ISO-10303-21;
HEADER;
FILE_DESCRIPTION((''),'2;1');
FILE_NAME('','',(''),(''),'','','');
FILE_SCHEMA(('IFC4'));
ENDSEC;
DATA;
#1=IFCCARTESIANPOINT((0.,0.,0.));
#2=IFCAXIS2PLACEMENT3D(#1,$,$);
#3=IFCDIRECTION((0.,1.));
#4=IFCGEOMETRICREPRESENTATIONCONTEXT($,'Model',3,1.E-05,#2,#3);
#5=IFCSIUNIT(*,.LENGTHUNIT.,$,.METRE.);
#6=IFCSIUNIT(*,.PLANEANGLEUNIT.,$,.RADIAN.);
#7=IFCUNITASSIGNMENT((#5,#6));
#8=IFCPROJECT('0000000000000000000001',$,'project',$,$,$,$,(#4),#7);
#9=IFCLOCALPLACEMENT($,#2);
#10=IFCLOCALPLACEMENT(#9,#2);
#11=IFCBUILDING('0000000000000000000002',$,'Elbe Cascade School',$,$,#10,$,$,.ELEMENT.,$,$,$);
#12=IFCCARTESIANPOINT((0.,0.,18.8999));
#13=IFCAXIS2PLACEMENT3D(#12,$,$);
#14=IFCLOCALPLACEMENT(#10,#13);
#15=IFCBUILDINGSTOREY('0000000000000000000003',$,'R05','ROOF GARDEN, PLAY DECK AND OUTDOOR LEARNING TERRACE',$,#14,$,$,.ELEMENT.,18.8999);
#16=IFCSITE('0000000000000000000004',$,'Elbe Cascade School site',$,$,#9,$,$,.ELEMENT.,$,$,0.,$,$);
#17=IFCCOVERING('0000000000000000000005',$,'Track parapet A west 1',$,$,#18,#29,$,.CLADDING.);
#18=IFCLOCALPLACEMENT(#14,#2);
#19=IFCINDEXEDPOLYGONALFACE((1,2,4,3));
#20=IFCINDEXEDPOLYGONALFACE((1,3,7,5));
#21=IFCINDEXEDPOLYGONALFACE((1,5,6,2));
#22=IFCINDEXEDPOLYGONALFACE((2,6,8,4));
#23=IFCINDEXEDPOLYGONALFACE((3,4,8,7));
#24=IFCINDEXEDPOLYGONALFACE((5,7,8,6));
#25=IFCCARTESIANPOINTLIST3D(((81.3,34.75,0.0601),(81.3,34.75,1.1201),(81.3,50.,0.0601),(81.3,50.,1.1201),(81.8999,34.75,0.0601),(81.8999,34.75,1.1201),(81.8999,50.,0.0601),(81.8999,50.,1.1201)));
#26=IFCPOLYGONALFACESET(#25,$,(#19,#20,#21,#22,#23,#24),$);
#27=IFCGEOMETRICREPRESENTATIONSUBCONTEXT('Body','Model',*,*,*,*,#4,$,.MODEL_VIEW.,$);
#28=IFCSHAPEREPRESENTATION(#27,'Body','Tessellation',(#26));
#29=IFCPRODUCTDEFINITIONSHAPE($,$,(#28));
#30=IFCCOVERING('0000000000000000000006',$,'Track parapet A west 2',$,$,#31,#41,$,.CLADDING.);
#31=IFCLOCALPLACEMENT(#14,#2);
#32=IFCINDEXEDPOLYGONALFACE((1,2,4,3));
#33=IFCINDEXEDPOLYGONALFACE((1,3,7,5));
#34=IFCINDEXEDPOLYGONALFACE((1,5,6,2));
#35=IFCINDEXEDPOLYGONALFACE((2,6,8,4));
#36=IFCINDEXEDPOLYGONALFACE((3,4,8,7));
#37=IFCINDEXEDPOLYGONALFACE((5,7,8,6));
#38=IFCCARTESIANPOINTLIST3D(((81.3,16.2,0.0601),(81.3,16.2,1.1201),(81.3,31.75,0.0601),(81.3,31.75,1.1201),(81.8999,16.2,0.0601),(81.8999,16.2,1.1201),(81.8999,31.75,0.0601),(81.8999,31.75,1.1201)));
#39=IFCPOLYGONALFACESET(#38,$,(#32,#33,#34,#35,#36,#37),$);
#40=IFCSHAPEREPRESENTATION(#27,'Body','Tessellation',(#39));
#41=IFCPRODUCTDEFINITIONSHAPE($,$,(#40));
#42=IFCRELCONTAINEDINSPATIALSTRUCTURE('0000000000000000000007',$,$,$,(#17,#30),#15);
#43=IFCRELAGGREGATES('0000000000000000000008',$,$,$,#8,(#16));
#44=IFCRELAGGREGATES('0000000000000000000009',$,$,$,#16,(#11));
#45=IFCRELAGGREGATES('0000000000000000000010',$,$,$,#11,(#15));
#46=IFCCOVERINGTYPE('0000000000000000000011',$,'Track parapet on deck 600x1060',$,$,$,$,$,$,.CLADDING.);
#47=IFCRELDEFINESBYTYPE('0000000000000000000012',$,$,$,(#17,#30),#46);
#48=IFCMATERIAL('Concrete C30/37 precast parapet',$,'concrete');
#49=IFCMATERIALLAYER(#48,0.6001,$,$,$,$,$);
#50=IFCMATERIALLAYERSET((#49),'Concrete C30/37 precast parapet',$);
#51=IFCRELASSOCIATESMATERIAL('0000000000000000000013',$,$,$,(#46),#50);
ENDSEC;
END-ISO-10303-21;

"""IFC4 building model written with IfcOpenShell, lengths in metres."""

from ifc_helpers import new_model, si_unit, direction, frame, origin, place, context, subcontext, project, spatial, polyline, outline, extrude, material, layer, layer_set, type_object, element, save


model = new_model("IFC4")

# Units and contexts
model_context = context("Model", 3, precision=1e-05, world=origin(), true_north=direction((0.0, 1.0)))
body_context = subcontext(model_context, "Body", "Model", "MODEL_VIEW")
ifc_project = project(units=[si_unit("LENGTHUNIT", "METRE"), si_unit("PLANEANGLEUNIT", "RADIAN")], contexts=[model_context])

# Site, building, storey
site_placement = place(None, origin())
site = spatial("IfcSite", under=ifc_project, at=site_placement, Name="Elbe Cascade School site", CompositionType="ELEMENT", RefElevation=0.0)
building_placement = place(site_placement, origin())
building = spatial("IfcBuilding", under=site, at=building_placement, Name="Elbe Cascade School", CompositionType="ELEMENT")
storey_placement = place(building_placement, frame((0.0, 0.0, 18.8999)))
storey = spatial("IfcBuildingStorey", under=building, at=storey_placement, Name="R05", Description="ROOF GARDEN, PLAY DECK AND OUTDOOR LEARNING TERRACE", CompositionType="ELEMENT", Elevation=18.8999)

# Coverings
ifc_material_1 = material(Name="Concrete C30/37 precast parapet", Category="concrete")
ifc_layer_1 = layer(ifc_material_1, 0.6001)
ifc_layer_set_1 = layer_set([ifc_layer_1], Name="Concrete C30/37 precast parapet")
covering_type_1 = type_object("IfcCoveringType", Name="Track parapet on deck 600x1060", PredefinedType="CLADDING", material=ifc_layer_set_1)
covering_1_placement = place(storey_placement, frame((0.0, 0.0, 0.0601)))
element("IfcCovering", 1, at=covering_1_placement, inside=storey, type_object=covering_type_1, Name="Track parapet A west 1", PredefinedType="CLADDING", context=body_context, shape_type="SweptSolid", body=[
    extrude(outline(polyline([(81.3, 50.0), (81.8999, 50.0), (81.8999, 34.75), (81.3, 34.75), (81.3, 50.0)])), origin(), (0.0, 0.0, 1.0), 1.0601),
])
covering_2_placement = place(storey_placement, frame((0.0, 0.0, 0.0601)))
element("IfcCovering", 2, at=covering_2_placement, inside=storey, type_object=covering_type_1, Name="Track parapet A west 2", PredefinedType="CLADDING", context=body_context, shape_type="SweptSolid", body=[
    extrude(outline(polyline([(81.3, 31.75), (81.8999, 31.75), (81.8999, 16.2), (81.3, 16.2), (81.3, 31.75)])), origin(), (0.0, 0.0, 1.0), 1.0601),
])

save(model, "model.ifc")
